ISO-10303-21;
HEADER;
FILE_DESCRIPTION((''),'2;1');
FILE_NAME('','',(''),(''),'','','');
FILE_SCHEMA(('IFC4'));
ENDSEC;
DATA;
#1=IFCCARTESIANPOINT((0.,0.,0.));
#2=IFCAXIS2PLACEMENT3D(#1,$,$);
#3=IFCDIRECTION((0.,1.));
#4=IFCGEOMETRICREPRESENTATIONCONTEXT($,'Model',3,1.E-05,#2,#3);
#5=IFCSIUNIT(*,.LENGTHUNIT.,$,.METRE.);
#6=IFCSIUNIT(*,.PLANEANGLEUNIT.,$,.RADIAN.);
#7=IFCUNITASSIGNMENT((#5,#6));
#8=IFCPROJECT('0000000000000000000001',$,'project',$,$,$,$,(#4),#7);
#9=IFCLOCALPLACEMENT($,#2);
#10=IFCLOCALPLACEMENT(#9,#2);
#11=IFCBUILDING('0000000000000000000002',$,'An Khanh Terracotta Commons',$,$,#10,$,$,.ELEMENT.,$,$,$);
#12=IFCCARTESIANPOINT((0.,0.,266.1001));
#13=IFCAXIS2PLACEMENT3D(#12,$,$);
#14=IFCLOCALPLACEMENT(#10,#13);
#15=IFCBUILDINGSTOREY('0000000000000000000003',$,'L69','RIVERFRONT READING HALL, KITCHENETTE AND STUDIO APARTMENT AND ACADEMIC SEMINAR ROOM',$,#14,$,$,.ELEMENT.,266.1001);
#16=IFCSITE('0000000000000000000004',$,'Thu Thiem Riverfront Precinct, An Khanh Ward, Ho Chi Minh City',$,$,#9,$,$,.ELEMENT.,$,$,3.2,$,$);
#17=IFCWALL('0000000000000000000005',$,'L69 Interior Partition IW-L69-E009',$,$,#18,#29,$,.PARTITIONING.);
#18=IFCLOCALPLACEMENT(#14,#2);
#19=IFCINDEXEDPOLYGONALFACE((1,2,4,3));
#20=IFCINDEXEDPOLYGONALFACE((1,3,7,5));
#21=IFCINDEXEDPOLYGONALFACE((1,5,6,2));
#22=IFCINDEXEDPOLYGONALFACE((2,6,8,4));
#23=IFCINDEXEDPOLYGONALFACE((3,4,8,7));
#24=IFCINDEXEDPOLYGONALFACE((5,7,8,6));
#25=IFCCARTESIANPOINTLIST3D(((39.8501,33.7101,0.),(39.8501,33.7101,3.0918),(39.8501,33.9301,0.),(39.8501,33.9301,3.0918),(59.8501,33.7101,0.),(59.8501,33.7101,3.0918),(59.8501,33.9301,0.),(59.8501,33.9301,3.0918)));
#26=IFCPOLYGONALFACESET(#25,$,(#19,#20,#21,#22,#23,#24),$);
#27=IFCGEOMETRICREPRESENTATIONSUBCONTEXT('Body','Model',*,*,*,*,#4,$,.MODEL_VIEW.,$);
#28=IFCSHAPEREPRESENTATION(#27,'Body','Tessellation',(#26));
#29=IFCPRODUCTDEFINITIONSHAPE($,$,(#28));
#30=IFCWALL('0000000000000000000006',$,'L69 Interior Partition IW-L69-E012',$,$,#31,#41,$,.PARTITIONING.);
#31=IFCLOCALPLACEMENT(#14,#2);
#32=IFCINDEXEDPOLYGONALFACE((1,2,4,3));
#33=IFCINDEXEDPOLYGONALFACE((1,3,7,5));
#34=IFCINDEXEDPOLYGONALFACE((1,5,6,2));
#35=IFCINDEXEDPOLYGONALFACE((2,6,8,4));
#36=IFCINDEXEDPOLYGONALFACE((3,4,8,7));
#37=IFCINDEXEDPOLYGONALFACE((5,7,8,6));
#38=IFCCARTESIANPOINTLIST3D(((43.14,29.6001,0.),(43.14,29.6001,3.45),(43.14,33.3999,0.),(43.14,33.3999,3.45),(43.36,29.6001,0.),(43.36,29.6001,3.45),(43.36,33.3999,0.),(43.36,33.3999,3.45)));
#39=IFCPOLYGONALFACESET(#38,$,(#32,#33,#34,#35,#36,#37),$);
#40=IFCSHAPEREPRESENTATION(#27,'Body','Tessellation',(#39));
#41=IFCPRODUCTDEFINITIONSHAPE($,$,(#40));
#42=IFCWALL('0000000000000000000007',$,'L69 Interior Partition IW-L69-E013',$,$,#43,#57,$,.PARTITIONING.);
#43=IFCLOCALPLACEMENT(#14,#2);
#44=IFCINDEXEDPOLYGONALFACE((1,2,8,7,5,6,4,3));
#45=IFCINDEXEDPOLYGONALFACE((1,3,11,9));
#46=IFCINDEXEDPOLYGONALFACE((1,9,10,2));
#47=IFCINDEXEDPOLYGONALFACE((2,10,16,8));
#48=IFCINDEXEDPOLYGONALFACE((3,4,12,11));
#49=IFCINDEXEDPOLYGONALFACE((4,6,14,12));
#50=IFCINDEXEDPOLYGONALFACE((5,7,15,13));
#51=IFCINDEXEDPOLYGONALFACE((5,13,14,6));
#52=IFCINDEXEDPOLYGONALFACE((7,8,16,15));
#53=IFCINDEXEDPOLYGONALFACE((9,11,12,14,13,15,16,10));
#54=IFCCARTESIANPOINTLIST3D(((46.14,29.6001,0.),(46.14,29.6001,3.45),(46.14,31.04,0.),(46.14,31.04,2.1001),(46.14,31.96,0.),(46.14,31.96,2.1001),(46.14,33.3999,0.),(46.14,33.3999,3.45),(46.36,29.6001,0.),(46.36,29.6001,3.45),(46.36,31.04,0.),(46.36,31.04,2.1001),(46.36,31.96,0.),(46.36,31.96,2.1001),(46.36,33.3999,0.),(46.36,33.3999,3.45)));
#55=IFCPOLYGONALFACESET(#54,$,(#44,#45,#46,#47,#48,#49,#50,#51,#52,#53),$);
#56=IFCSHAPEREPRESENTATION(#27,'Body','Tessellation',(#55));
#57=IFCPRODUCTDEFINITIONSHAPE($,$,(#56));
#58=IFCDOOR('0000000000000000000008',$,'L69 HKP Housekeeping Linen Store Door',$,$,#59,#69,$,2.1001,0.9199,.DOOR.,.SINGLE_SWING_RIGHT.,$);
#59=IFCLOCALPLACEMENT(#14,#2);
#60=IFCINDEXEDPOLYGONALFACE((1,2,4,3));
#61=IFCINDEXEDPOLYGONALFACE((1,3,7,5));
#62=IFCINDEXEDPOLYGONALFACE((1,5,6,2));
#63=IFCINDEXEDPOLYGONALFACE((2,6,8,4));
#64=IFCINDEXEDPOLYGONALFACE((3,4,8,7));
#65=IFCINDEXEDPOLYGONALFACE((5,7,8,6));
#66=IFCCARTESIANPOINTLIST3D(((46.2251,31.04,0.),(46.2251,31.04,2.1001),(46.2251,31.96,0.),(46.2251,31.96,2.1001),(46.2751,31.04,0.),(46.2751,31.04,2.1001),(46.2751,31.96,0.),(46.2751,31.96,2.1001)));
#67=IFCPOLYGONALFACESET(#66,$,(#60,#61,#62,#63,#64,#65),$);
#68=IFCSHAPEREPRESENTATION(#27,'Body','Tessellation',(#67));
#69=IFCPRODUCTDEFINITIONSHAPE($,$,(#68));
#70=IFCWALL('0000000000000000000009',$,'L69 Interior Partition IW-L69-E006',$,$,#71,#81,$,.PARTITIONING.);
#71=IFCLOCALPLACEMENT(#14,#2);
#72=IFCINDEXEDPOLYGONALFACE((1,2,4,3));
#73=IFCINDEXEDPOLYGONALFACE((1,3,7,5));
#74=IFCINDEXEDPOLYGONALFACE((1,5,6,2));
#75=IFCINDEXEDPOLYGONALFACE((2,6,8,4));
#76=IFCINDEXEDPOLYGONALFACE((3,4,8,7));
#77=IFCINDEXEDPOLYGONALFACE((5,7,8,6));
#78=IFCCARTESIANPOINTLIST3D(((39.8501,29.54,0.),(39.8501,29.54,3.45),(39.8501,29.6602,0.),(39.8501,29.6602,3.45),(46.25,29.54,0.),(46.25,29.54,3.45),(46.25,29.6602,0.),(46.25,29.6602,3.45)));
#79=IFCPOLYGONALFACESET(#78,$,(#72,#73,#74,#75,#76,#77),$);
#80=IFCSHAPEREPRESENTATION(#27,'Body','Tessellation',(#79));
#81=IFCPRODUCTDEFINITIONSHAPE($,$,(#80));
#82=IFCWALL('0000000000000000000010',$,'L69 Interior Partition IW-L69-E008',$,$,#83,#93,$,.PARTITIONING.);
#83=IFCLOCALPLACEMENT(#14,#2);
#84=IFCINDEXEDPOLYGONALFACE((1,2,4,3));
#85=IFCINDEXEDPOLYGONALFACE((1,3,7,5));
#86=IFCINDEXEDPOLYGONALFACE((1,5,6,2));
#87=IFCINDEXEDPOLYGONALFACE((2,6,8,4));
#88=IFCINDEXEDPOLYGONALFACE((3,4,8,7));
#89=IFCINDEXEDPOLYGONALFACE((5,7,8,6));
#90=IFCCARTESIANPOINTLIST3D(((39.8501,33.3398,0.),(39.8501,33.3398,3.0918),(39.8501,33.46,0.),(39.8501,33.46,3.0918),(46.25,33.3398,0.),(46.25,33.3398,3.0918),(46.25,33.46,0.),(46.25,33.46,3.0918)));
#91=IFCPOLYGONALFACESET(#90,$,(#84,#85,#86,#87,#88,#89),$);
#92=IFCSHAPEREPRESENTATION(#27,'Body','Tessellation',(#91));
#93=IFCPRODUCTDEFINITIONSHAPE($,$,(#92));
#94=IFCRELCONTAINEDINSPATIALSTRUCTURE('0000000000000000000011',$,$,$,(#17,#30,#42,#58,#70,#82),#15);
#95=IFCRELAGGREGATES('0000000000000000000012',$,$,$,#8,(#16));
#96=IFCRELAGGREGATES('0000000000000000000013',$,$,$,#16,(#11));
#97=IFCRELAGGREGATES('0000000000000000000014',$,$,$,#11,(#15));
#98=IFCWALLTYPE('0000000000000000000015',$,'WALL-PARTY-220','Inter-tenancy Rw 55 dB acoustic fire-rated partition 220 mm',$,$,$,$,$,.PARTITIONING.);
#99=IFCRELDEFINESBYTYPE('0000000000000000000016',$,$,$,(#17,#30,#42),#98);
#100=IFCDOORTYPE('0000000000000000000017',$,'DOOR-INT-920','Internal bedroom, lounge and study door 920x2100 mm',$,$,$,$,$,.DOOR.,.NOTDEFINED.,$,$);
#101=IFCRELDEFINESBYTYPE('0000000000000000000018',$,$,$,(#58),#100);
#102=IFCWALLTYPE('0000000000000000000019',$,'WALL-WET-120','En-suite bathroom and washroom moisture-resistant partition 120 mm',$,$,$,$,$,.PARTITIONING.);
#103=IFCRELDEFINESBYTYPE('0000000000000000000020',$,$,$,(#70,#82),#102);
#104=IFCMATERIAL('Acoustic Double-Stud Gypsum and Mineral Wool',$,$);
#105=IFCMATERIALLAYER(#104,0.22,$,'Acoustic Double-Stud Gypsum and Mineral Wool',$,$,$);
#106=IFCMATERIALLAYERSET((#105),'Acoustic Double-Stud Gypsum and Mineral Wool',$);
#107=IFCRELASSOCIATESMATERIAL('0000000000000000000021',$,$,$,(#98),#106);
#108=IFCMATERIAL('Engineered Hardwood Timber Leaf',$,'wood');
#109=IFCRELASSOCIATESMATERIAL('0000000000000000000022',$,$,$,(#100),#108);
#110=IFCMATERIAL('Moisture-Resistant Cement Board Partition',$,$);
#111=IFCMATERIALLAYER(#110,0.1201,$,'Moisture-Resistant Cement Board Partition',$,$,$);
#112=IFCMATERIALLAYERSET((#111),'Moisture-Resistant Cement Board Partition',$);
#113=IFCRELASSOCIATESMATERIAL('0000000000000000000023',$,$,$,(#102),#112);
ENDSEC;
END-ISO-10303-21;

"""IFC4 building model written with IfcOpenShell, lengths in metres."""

from ifc_helpers import new_model, si_unit, direction, frame, frame_2d, origin, place, context, subcontext, project, spatial, rectangle, extrude, material, layer, layer_set, type_object, element, fill, save


model = new_model("IFC4")

# Units and contexts
model_context = context("Model", 3, precision=1e-05, world=origin(), true_north=direction((0.0, 1.0)))
body_context = subcontext(model_context, "Body", "Model", "MODEL_VIEW")
ifc_project = project(units=[si_unit("LENGTHUNIT", "METRE"), si_unit("PLANEANGLEUNIT", "RADIAN")], contexts=[model_context])

# Site, building, storey
site_placement = place(None, origin())
site = spatial("IfcSite", under=ifc_project, at=site_placement, Name="Thu Thiem Riverfront Precinct, An Khanh Ward, Ho Chi Minh City", CompositionType="ELEMENT", RefElevation=3.2)
building_placement = place(site_placement, origin())
building = spatial("IfcBuilding", under=site, at=building_placement, Name="An Khanh Terracotta Commons", CompositionType="ELEMENT")
storey_placement = place(building_placement, frame((0.0, 0.0, 266.1001)))
storey = spatial("IfcBuildingStorey", under=building, at=storey_placement, Name="L69", Description="RIVERFRONT READING HALL, KITCHENETTE AND STUDIO APARTMENT AND ACADEMIC SEMINAR ROOM", CompositionType="ELEMENT", Elevation=266.1001)

# Walls
ifc_material_1 = material(Name="Acoustic Double-Stud Gypsum and Mineral Wool")
ifc_layer_1 = layer(ifc_material_1, 0.22, Name="Acoustic Double-Stud Gypsum and Mineral Wool")
ifc_layer_set_1 = layer_set([ifc_layer_1], Name="Acoustic Double-Stud Gypsum and Mineral Wool")
wall_type_1 = type_object("IfcWallType", Name="WALL-PARTY-220", Description="Inter-tenancy Rw 55 dB acoustic fire-rated partition 220 mm", PredefinedType="PARTITIONING", material=ifc_layer_set_1)
wall_1_placement = place(storey_placement, frame((39.8501, 33.8201, 0.0), z_axis=(0.0, 0.0, 1.0), x_axis=(1.0, 0.0, 0.0)))
element("IfcWall", 1, at=wall_1_placement, inside=storey, type_object=wall_type_1, Name="L69 Interior Partition IW-L69-E009", PredefinedType="PARTITIONING", context=body_context, shape_type="SweptSolid", body=[
    extrude(rectangle(XDim=20.0, YDim=0.22, at=frame_2d((10.0, 0.0))), origin(), (0.0, 0.0, 1.0), 3.0918),
])
wall_2_placement = place(storey_placement, frame((43.25, 29.6001, 0.0), z_axis=(0.0, 0.0, 1.0), x_axis=(0.0, 1.0, 0.0)))
element("IfcWall", 2, at=wall_2_placement, inside=storey, type_object=wall_type_1, Name="L69 Interior Partition IW-L69-E012", PredefinedType="PARTITIONING", context=body_context, shape_type="SweptSolid", body=[
    extrude(rectangle(XDim=3.7998, YDim=0.22, at=frame_2d((1.8999, 0.0))), origin(), (0.0, 0.0, 1.0), 3.45),
])

# Wall, opening, door
wall_3_placement = place(storey_placement, frame((46.25, 29.6001, 0.0), z_axis=(0.0, 0.0, 1.0), x_axis=(0.0, 1.0, 0.0)))
wall_3 = element("IfcWall", 3, at=wall_3_placement, inside=storey, type_object=wall_type_1, Name="L69 Interior Partition IW-L69-E013", PredefinedType="PARTITIONING", context=body_context, shape_type="SweptSolid", body=[
    extrude(rectangle(XDim=3.7998, YDim=0.22, at=frame_2d((1.8999, 0.0))), origin(), (0.0, 0.0, 1.0), 3.45),
])
opening_placement = place(wall_3_placement, frame((1.4399, 0.0, 0.0)))
opening = element("IfcOpeningElement", 4, at=opening_placement, cuts=wall_3, PredefinedType="OPENING", context=body_context, shape_type="SweptSolid", body=[
    extrude(rectangle(XDim=0.9199, YDim=2.1001, at=frame_2d((0.46, 1.05))), frame((0.0, 0.1199, 0.0), z_axis=(0.0, -1.0, 0.0), x_axis=(1.0, 0.0, 0.0)), (0.0, 0.0, 1.0), 0.24),
])
ifc_material_2 = material(Name="Engineered Hardwood Timber Leaf", Category="wood")
door_type = type_object("IfcDoorType", Name="DOOR-INT-920", Description="Internal bedroom, lounge and study door 920x2100 mm", OperationType="NOTDEFINED", PredefinedType="DOOR", material=ifc_material_2)
door_placement = place(opening_placement, origin())
door = element("IfcDoor", 5, at=door_placement, inside=storey, type_object=door_type, Name="L69 HKP Housekeeping Linen Store Door", OperationType="SINGLE_SWING_RIGHT", OverallHeight=2.1001, OverallWidth=0.9199, PredefinedType="DOOR", context=body_context, shape_type="SweptSolid", body=[
    extrude(rectangle(XDim=0.9199, YDim=2.1001, at=frame_2d((0.46, 1.05))), frame((0.0, 0.0249, 0.0), z_axis=(0.0, -1.0, 0.0), x_axis=(1.0, 0.0, 0.0)), (0.0, 0.0, 1.0), 0.05),
])
fill(opening, door)

# Walls
ifc_material_3 = material(Name="Moisture-Resistant Cement Board Partition")
ifc_layer_2 = layer(ifc_material_3, 0.1201, Name="Moisture-Resistant Cement Board Partition")
ifc_layer_set_2 = layer_set([ifc_layer_2], Name="Moisture-Resistant Cement Board Partition")
wall_type_2 = type_object("IfcWallType", Name="WALL-WET-120", Description="En-suite bathroom and washroom moisture-resistant partition 120 mm", PredefinedType="PARTITIONING", material=ifc_layer_set_2)
wall_4_placement = place(storey_placement, frame((39.8501, 29.6001, 0.0), z_axis=(0.0, 0.0, 1.0), x_axis=(1.0, 0.0, 0.0)))
element("IfcWall", 6, at=wall_4_placement, inside=storey, type_object=wall_type_2, Name="L69 Interior Partition IW-L69-E006", PredefinedType="PARTITIONING", context=body_context, shape_type="SweptSolid", body=[
    extrude(rectangle(XDim=6.3999, YDim=0.1201, at=frame_2d((3.2, 0.0))), origin(), (0.0, 0.0, 1.0), 3.45),
])
wall_5_placement = place(storey_placement, frame((39.8501, 33.3999, 0.0), z_axis=(0.0, 0.0, 1.0), x_axis=(1.0, 0.0, 0.0)))
element("IfcWall", 7, at=wall_5_placement, inside=storey, type_object=wall_type_2, Name="L69 Interior Partition IW-L69-E008", PredefinedType="PARTITIONING", context=body_context, shape_type="SweptSolid", body=[
    extrude(rectangle(XDim=6.3999, YDim=0.1201, at=frame_2d((3.2, 0.0))), origin(), (0.0, 0.0, 1.0), 3.0918),
])

save(model, "model.ifc")
